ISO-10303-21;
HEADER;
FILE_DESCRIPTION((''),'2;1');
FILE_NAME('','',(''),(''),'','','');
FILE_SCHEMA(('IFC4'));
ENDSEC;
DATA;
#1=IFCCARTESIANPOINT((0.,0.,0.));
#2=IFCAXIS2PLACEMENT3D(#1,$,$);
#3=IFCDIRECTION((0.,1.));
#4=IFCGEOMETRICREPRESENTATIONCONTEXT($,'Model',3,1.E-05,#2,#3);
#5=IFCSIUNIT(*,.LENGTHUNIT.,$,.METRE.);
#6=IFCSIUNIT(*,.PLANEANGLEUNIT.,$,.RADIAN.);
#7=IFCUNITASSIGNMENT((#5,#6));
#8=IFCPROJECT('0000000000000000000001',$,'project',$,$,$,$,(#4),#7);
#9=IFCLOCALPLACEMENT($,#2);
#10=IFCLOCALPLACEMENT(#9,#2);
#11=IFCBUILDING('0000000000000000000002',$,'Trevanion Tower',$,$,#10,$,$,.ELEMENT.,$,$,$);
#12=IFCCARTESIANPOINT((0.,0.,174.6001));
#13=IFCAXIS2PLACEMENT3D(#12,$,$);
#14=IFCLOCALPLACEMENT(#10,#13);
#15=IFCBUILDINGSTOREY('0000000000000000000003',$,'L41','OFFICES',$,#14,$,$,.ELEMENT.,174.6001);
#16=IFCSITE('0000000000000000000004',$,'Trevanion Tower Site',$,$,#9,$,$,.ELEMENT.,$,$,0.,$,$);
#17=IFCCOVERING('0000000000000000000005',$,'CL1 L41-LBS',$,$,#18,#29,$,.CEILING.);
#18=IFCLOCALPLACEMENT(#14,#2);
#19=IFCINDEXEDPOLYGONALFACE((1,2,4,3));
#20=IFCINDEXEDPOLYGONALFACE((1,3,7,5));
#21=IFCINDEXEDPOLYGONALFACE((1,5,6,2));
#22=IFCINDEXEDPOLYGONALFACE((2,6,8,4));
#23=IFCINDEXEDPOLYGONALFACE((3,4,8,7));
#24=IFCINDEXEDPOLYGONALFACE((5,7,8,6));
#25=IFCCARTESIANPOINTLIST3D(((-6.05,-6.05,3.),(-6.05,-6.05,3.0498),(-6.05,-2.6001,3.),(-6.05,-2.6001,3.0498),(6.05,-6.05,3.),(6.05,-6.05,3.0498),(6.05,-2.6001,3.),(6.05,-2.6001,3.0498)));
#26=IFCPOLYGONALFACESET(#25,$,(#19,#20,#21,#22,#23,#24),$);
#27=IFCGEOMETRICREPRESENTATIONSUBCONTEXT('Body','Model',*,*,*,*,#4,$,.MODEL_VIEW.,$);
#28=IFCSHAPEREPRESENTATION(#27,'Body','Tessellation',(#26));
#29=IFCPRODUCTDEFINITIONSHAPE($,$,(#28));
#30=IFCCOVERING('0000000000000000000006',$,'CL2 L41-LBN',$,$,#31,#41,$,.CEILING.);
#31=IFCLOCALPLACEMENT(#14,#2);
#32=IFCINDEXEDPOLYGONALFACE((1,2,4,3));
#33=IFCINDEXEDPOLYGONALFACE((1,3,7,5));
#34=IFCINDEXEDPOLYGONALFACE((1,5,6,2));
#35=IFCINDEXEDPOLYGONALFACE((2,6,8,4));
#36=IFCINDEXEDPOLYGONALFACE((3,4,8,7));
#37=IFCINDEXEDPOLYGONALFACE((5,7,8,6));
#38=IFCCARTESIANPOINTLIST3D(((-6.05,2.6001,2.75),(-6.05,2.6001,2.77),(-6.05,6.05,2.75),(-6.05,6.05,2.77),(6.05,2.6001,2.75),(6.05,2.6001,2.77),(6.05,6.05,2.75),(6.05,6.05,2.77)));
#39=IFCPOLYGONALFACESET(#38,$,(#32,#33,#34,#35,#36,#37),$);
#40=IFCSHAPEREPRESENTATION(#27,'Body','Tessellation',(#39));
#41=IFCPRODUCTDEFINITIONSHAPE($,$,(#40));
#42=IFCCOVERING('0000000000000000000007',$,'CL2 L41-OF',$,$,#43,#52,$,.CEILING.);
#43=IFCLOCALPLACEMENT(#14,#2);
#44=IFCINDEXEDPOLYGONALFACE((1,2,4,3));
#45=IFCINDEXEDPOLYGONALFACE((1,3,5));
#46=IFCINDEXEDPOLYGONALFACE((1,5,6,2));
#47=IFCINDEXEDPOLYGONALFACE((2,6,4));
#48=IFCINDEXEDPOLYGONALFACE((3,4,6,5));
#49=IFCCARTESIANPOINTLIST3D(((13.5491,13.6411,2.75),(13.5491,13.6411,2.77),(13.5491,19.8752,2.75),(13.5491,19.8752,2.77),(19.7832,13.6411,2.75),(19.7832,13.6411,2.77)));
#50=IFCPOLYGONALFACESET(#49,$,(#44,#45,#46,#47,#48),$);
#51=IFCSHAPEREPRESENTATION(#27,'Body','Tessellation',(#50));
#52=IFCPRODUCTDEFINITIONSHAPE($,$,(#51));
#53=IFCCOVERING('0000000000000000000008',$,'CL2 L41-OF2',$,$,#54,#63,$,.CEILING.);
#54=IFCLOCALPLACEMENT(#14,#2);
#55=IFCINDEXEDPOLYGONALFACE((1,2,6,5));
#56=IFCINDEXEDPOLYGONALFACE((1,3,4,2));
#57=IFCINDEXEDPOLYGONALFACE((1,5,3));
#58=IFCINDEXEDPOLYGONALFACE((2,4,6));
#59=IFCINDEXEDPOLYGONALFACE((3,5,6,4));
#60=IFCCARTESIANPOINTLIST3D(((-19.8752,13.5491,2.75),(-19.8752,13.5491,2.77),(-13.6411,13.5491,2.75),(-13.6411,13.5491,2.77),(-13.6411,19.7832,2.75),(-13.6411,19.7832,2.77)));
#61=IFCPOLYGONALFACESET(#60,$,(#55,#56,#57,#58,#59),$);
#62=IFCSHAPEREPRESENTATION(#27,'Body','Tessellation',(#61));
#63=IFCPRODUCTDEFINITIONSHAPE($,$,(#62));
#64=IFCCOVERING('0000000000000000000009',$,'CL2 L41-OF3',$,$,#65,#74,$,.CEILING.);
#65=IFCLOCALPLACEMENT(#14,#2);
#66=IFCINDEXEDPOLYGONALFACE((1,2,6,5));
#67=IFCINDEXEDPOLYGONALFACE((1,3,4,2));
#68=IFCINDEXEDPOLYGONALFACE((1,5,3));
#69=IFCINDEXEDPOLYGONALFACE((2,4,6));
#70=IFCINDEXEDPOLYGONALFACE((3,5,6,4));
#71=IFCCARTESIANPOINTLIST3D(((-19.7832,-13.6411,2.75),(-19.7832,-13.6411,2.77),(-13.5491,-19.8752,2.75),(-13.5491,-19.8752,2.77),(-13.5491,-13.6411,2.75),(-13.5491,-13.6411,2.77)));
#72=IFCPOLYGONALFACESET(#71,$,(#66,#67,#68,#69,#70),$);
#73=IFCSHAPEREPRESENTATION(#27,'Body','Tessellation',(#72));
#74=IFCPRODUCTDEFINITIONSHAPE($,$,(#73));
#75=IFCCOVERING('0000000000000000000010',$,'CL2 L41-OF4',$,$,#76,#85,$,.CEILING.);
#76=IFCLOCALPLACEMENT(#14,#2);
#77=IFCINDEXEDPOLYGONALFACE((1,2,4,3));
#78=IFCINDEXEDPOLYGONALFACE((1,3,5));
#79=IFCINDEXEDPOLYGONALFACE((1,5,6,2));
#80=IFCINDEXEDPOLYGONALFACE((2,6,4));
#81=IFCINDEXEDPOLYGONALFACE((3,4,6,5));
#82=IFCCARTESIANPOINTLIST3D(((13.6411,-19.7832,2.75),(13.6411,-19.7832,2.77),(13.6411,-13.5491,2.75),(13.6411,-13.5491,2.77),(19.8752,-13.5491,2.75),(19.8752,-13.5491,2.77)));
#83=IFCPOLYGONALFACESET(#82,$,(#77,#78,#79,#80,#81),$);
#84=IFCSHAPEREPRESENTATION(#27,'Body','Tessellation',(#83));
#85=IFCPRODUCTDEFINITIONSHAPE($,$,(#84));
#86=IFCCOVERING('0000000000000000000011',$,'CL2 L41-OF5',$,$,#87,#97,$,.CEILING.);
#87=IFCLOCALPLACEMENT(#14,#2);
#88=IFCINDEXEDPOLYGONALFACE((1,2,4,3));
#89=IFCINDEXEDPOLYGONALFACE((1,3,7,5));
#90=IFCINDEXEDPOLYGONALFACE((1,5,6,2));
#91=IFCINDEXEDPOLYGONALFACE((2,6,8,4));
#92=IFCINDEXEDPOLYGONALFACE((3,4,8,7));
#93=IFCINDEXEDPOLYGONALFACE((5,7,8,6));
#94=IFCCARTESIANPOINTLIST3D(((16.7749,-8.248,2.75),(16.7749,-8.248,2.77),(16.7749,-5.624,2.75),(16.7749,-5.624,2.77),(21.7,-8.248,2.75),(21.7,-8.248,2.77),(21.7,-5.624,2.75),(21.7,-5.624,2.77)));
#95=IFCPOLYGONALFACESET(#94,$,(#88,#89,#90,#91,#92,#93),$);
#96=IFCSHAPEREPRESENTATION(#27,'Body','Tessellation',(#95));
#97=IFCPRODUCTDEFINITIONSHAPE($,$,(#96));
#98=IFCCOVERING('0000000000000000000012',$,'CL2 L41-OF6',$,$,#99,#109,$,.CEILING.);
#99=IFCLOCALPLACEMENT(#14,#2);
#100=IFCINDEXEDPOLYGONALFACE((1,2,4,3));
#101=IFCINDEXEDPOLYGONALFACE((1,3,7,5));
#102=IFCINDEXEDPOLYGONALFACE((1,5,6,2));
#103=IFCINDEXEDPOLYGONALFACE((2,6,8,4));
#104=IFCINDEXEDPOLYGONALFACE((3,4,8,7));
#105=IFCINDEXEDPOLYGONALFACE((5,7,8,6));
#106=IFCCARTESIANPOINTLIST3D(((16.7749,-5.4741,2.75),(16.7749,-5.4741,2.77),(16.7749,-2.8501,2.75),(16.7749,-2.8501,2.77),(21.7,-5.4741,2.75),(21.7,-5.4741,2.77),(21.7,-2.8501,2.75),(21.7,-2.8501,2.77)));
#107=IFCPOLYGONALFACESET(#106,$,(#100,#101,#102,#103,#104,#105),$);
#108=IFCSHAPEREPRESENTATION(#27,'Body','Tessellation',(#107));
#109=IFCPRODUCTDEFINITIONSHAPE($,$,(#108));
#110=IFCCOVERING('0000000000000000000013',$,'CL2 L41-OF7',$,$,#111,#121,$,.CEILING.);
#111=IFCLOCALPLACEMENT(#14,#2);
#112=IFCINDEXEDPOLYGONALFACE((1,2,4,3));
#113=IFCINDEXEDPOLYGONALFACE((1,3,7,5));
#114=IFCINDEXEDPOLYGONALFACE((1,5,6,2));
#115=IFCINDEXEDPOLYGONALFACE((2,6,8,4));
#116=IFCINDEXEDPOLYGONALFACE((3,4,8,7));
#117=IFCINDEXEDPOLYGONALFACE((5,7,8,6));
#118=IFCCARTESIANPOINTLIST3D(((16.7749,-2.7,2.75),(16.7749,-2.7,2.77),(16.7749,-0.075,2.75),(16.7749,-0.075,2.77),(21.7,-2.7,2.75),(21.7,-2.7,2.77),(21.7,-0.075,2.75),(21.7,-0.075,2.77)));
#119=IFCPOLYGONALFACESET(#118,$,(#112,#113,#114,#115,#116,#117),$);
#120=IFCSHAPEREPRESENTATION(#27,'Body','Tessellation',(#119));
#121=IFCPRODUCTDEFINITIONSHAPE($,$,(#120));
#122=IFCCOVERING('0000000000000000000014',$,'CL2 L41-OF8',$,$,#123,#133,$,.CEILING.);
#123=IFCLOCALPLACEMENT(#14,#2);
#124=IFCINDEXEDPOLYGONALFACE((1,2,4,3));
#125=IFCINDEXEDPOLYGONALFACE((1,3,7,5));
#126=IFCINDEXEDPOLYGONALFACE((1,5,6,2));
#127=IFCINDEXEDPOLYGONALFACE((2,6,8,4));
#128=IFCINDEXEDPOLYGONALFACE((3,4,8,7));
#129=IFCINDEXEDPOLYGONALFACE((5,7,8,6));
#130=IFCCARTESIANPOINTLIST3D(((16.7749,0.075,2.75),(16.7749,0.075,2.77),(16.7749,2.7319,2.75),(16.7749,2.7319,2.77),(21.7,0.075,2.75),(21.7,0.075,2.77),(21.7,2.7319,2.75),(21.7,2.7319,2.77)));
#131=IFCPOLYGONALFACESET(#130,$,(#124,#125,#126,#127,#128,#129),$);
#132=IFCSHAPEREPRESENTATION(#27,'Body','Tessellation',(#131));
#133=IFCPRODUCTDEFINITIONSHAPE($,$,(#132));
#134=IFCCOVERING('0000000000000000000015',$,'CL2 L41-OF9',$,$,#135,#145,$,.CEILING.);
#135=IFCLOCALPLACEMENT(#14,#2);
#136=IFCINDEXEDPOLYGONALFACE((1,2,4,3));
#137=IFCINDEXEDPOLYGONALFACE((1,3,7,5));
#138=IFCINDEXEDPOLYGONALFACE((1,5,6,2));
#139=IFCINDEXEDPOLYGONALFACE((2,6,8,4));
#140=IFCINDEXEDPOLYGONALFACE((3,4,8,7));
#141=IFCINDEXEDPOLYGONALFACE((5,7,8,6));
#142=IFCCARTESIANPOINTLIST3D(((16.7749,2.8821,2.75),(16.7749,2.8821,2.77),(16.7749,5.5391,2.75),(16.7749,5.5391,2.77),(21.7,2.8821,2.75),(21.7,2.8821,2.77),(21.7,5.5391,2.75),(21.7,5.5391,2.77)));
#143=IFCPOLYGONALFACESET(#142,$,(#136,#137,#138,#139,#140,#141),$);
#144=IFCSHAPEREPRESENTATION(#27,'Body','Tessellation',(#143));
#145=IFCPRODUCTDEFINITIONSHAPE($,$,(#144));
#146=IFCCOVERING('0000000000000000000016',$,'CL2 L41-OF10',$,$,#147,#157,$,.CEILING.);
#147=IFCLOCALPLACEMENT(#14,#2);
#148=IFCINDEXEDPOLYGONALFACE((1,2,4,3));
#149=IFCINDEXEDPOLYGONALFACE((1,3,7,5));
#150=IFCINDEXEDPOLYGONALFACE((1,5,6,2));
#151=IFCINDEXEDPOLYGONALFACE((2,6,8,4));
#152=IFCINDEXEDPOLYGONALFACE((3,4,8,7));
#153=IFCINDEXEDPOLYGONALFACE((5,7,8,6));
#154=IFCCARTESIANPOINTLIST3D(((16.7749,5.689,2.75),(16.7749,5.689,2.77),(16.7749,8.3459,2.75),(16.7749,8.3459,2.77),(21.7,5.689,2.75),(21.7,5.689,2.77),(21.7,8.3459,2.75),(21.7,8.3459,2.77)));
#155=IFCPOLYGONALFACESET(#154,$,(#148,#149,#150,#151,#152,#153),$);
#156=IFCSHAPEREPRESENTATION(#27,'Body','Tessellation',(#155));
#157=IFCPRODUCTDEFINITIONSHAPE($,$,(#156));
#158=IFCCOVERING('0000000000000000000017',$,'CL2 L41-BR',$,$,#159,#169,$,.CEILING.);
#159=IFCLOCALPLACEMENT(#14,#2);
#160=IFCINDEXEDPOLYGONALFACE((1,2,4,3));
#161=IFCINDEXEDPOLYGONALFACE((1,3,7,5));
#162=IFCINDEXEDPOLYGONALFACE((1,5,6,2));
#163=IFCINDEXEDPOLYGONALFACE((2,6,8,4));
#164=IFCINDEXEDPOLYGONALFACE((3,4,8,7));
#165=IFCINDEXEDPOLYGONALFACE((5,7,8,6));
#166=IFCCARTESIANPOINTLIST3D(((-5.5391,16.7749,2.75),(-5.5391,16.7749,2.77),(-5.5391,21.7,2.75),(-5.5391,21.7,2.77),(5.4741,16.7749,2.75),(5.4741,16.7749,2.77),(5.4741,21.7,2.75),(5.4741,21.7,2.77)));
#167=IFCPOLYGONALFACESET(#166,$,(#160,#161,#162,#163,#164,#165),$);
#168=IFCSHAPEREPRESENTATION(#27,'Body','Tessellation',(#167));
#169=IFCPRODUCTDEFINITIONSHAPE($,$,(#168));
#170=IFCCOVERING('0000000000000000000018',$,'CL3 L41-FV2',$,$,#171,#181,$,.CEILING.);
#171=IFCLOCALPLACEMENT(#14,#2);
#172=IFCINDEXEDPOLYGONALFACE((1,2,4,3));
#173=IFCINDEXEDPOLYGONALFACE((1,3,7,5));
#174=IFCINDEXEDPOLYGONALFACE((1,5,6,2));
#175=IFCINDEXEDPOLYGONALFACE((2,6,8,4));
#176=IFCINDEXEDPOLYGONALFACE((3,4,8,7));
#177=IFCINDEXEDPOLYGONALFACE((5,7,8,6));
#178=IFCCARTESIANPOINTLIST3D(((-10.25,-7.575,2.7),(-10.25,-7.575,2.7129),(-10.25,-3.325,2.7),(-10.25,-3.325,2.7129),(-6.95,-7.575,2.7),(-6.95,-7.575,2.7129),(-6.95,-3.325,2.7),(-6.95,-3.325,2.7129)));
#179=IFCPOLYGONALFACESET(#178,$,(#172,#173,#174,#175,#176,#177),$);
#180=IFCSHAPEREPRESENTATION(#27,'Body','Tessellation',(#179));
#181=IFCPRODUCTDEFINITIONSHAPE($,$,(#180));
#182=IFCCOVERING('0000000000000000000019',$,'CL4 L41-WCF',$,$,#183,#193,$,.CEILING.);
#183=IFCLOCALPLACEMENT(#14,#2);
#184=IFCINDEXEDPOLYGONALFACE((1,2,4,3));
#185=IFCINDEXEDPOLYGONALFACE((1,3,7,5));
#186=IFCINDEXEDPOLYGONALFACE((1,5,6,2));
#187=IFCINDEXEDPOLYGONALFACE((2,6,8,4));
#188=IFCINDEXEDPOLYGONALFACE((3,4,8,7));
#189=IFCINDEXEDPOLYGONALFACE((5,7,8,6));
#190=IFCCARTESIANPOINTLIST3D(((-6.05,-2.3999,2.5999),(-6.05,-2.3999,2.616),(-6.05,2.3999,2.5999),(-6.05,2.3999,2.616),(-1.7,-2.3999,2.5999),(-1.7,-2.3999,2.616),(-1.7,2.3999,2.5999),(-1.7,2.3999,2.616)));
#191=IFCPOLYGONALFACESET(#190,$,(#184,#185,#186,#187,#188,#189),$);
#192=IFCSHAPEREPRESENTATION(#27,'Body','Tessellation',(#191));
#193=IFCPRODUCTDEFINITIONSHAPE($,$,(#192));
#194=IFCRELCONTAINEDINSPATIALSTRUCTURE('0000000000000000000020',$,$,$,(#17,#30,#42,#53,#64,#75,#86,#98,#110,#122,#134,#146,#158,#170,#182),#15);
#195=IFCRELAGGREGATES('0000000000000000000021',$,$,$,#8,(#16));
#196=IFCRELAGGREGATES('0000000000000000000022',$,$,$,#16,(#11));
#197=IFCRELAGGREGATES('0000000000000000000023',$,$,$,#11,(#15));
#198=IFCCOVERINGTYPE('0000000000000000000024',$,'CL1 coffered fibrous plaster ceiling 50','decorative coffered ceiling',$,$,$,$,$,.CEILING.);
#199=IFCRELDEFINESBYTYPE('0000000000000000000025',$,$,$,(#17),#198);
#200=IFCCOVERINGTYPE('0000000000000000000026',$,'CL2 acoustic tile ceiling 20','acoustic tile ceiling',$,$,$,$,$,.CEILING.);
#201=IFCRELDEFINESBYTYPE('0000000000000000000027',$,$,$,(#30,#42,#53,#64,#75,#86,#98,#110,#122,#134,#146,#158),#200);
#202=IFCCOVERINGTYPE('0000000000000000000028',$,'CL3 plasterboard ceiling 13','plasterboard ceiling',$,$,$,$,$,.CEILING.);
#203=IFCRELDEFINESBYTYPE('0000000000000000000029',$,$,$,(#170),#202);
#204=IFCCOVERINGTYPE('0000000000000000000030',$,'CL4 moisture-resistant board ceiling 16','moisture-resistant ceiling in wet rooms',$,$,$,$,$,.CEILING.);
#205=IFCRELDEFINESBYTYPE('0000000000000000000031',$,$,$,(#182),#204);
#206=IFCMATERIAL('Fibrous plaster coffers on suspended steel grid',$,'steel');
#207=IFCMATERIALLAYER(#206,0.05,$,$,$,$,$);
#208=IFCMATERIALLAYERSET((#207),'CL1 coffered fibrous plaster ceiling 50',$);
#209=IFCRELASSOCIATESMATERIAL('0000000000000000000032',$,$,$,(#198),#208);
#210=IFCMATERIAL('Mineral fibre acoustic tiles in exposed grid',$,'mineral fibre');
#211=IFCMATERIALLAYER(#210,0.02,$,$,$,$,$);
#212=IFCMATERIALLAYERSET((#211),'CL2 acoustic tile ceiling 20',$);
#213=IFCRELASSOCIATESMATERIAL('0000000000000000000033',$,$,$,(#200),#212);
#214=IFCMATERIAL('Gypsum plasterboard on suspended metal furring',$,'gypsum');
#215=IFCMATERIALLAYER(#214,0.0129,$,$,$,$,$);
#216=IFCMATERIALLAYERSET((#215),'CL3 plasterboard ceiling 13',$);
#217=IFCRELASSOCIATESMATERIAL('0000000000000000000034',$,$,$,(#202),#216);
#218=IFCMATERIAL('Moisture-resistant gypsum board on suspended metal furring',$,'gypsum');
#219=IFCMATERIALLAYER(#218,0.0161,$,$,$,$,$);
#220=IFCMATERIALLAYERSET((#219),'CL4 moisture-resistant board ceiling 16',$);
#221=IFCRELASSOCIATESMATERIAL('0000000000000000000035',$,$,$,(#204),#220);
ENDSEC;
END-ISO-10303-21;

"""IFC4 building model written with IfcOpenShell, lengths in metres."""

from ifc_helpers import new_model, si_unit, direction, frame, origin, place, context, subcontext, project, spatial, polyline, outline, extrude, material, layer, layer_set, type_object, element, save


model = new_model("IFC4")

# Units and contexts
model_context = context("Model", 3, precision=1e-05, world=origin(), true_north=direction((0.0, 1.0)))
body_context = subcontext(model_context, "Body", "Model", "MODEL_VIEW")
ifc_project = project(units=[si_unit("LENGTHUNIT", "METRE"), si_unit("PLANEANGLEUNIT", "RADIAN")], contexts=[model_context])

# Site, building, storey
site_placement = place(None, origin())
site = spatial("IfcSite", under=ifc_project, at=site_placement, Name="Trevanion Tower Site", CompositionType="ELEMENT", RefElevation=0.0)
building_placement = place(site_placement, origin())
building = spatial("IfcBuilding", under=site, at=building_placement, Name="Trevanion Tower", CompositionType="ELEMENT")
storey_placement = place(building_placement, frame((0.0, 0.0, 174.6001)))
storey = spatial("IfcBuildingStorey", under=building, at=storey_placement, Name="L41", Description="OFFICES", CompositionType="ELEMENT", Elevation=174.6001)

# Coverings
ifc_material_1 = material(Name="Fibrous plaster coffers on suspended steel grid", Category="steel")
ifc_layer_1 = layer(ifc_material_1, 0.05)
ifc_layer_set_1 = layer_set([ifc_layer_1], Name="CL1 coffered fibrous plaster ceiling 50")
covering_type_1 = type_object("IfcCoveringType", Name="CL1 coffered fibrous plaster ceiling 50", Description="decorative coffered ceiling", PredefinedType="CEILING", material=ifc_layer_set_1)
covering_1_placement = place(storey_placement, frame((0.0, 0.0, 3.0)))
element("IfcCovering", 1, at=covering_1_placement, inside=storey, type_object=covering_type_1, Name="CL1 L41-LBS", PredefinedType="CEILING", context=body_context, shape_type="SweptSolid", body=[
    extrude(outline(polyline([(6.05, -6.05), (6.05, -2.6001), (-6.05, -2.6001), (-6.05, -6.05), (6.05, -6.05)])), origin(), (0.0, 0.0, 1.0), 0.0498),
])
ifc_material_2 = material(Name="Mineral fibre acoustic tiles in exposed grid", Category="mineral fibre")
ifc_layer_2 = layer(ifc_material_2, 0.02)
ifc_layer_set_2 = layer_set([ifc_layer_2], Name="CL2 acoustic tile ceiling 20")
covering_type_2 = type_object("IfcCoveringType", Name="CL2 acoustic tile ceiling 20", Description="acoustic tile ceiling", PredefinedType="CEILING", material=ifc_layer_set_2)
covering_2_placement = place(storey_placement, frame((0.0, 0.0, 2.75)))
element("IfcCovering", 2, at=covering_2_placement, inside=storey, type_object=covering_type_2, Name="CL2 L41-LBN", PredefinedType="CEILING", context=body_context, shape_type="SweptSolid", body=[
    extrude(outline(polyline([(6.05, 2.6001), (6.05, 6.05), (-6.05, 6.05), (-6.05, 2.6001), (6.05, 2.6001)])), origin(), (0.0, 0.0, 1.0), 0.02),
])
covering_3_placement = place(storey_placement, frame((0.0, 0.0, 2.75)))
element("IfcCovering", 3, at=covering_3_placement, inside=storey, type_object=covering_type_2, Name="CL2 L41-OF", PredefinedType="CEILING", context=body_context, shape_type="SweptSolid", body=[
    extrude(outline(polyline([(13.5491, 19.8752), (19.7832, 13.6411), (13.5491, 13.6411), (13.5491, 19.8752)])), origin(), (0.0, 0.0, 1.0), 0.02),
])
covering_4_placement = place(storey_placement, frame((0.0, 0.0, 2.75)))
element("IfcCovering", 4, at=covering_4_placement, inside=storey, type_object=covering_type_2, Name="CL2 L41-OF2", PredefinedType="CEILING", context=body_context, shape_type="SweptSolid", body=[
    extrude(outline(polyline([(-19.8752, 13.5491), (-13.6411, 19.7832), (-13.6411, 13.5491), (-19.8752, 13.5491)])), origin(), (0.0, 0.0, 1.0), 0.02),
])
covering_5_placement = place(storey_placement, frame((0.0, 0.0, 2.75)))
element("IfcCovering", 5, at=covering_5_placement, inside=storey, type_object=covering_type_2, Name="CL2 L41-OF3", PredefinedType="CEILING", context=body_context, shape_type="SweptSolid", body=[
    extrude(outline(polyline([(-13.5491, -19.8752), (-19.7832, -13.6411), (-13.5491, -13.6411), (-13.5491, -19.8752)])), origin(), (0.0, 0.0, 1.0), 0.02),
])
covering_6_placement = place(storey_placement, frame((0.0, 0.0, 2.75)))
element("IfcCovering", 6, at=covering_6_placement, inside=storey, type_object=covering_type_2, Name="CL2 L41-OF4", PredefinedType="CEILING", context=body_context, shape_type="SweptSolid", body=[
    extrude(outline(polyline([(19.8752, -13.5491), (13.6411, -19.7832), (13.6411, -13.5491), (19.8752, -13.5491)])), origin(), (0.0, 0.0, 1.0), 0.02),
])
covering_7_placement = place(storey_placement, frame((0.0, 0.0, 2.75)))
element("IfcCovering", 7, at=covering_7_placement, inside=storey, type_object=covering_type_2, Name="CL2 L41-OF5", PredefinedType="CEILING", context=body_context, shape_type="SweptSolid", body=[
    extrude(outline(polyline([(16.7749, -8.248), (16.7749, -5.624), (21.7, -5.624), (21.7, -8.248), (16.7749, -8.248)])), origin(), (0.0, 0.0, 1.0), 0.02),
])
covering_8_placement = place(storey_placement, frame((0.0, 0.0, 2.75)))
element("IfcCovering", 8, at=covering_8_placement, inside=storey, type_object=covering_type_2, Name="CL2 L41-OF6", PredefinedType="CEILING", context=body_context, shape_type="SweptSolid", body=[
    extrude(outline(polyline([(16.7749, -5.4741), (16.7749, -2.8501), (21.7, -2.8501), (21.7, -5.4741), (16.7749, -5.4741)])), origin(), (0.0, 0.0, 1.0), 0.02),
])
covering_9_placement = place(storey_placement, frame((0.0, 0.0, 2.75)))
element("IfcCovering", 9, at=covering_9_placement, inside=storey, type_object=covering_type_2, Name="CL2 L41-OF7", PredefinedType="CEILING", context=body_context, shape_type="SweptSolid", body=[
    extrude(outline(polyline([(16.7749, -2.7), (16.7749, -0.075), (21.7, -0.075), (21.7, -2.7), (16.7749, -2.7)])), origin(), (0.0, 0.0, 1.0), 0.02),
])
covering_10_placement = place(storey_placement, frame((0.0, 0.0, 2.75)))
element("IfcCovering", 10, at=covering_10_placement, inside=storey, type_object=covering_type_2, Name="CL2 L41-OF8", PredefinedType="CEILING", context=body_context, shape_type="SweptSolid", body=[
    extrude(outline(polyline([(16.7749, 0.075), (16.7749, 2.7319), (21.7, 2.7319), (21.7, 0.075), (16.7749, 0.075)])), origin(), (0.0, 0.0, 1.0), 0.02),
])
covering_11_placement = place(storey_placement, frame((0.0, 0.0, 2.75)))
element("IfcCovering", 11, at=covering_11_placement, inside=storey, type_object=covering_type_2, Name="CL2 L41-OF9", PredefinedType="CEILING", context=body_context, shape_type="SweptSolid", body=[
    extrude(outline(polyline([(16.7749, 2.8821), (16.7749, 5.5391), (21.7, 5.5391), (21.7, 2.8821), (16.7749, 2.8821)])), origin(), (0.0, 0.0, 1.0), 0.02),
])
covering_12_placement = place(storey_placement, frame((0.0, 0.0, 2.75)))
element("IfcCovering", 12, at=covering_12_placement, inside=storey, type_object=covering_type_2, Name="CL2 L41-OF10", PredefinedType="CEILING", context=body_context, shape_type="SweptSolid", body=[
    extrude(outline(polyline([(16.7749, 5.689), (16.7749, 8.3459), (21.7, 8.3459), (21.7, 5.689), (16.7749, 5.689)])), origin(), (0.0, 0.0, 1.0), 0.02),
])
covering_13_placement = place(storey_placement, frame((0.0, 0.0, 2.75)))
element("IfcCovering", 13, at=covering_13_placement, inside=storey, type_object=covering_type_2, Name="CL2 L41-BR", PredefinedType="CEILING", context=body_context, shape_type="SweptSolid", body=[
    extrude(outline(polyline([(5.4741, 16.7749), (-5.5391, 16.7749), (-5.5391, 21.7), (5.4741, 21.7), (5.4741, 16.7749)])), origin(), (0.0, 0.0, 1.0), 0.02),
])
ifc_material_3 = material(Name="Gypsum plasterboard on suspended metal furring", Category="gypsum")
ifc_layer_3 = layer(ifc_material_3, 0.0129)
ifc_layer_set_3 = layer_set([ifc_layer_3], Name="CL3 plasterboard ceiling 13")
covering_type_3 = type_object("IfcCoveringType", Name="CL3 plasterboard ceiling 13", Description="plasterboard ceiling", PredefinedType="CEILING", material=ifc_layer_set_3)
covering_14_placement = place(storey_placement, frame((0.0, 0.0, 2.7)))
element("IfcCovering", 14, at=covering_14_placement, inside=storey, type_object=covering_type_3, Name="CL3 L41-FV2", PredefinedType="CEILING", context=body_context, shape_type="SweptSolid", body=[
    extrude(outline(polyline([(-10.25, -3.325), (-10.25, -7.575), (-6.95, -7.575), (-6.95, -3.325), (-10.25, -3.325)])), origin(), (0.0, 0.0, 1.0), 0.0129),
])
ifc_material_4 = material(Name="Moisture-resistant gypsum board on suspended metal furring", Category="gypsum")
ifc_layer_4 = layer(ifc_material_4, 0.0161)
ifc_layer_set_4 = layer_set([ifc_layer_4], Name="CL4 moisture-resistant board ceiling 16")
covering_type_4 = type_object("IfcCoveringType", Name="CL4 moisture-resistant board ceiling 16", Description="moisture-resistant ceiling in wet rooms", PredefinedType="CEILING", material=ifc_layer_set_4)
covering_15_placement = place(storey_placement, frame((0.0, 0.0, 2.5999)))
element("IfcCovering", 15, at=covering_15_placement, inside=storey, type_object=covering_type_4, Name="CL4 L41-WCF", PredefinedType="CEILING", context=body_context, shape_type="SweptSolid", body=[
    extrude(outline(polyline([(-1.7, -2.3999), (-1.7, 2.3999), (-6.05, 2.3999), (-6.05, -2.3999), (-1.7, -2.3999)])), origin(), (0.0, 0.0, 1.0), 0.0161),
])

save(model, "model.ifc")
